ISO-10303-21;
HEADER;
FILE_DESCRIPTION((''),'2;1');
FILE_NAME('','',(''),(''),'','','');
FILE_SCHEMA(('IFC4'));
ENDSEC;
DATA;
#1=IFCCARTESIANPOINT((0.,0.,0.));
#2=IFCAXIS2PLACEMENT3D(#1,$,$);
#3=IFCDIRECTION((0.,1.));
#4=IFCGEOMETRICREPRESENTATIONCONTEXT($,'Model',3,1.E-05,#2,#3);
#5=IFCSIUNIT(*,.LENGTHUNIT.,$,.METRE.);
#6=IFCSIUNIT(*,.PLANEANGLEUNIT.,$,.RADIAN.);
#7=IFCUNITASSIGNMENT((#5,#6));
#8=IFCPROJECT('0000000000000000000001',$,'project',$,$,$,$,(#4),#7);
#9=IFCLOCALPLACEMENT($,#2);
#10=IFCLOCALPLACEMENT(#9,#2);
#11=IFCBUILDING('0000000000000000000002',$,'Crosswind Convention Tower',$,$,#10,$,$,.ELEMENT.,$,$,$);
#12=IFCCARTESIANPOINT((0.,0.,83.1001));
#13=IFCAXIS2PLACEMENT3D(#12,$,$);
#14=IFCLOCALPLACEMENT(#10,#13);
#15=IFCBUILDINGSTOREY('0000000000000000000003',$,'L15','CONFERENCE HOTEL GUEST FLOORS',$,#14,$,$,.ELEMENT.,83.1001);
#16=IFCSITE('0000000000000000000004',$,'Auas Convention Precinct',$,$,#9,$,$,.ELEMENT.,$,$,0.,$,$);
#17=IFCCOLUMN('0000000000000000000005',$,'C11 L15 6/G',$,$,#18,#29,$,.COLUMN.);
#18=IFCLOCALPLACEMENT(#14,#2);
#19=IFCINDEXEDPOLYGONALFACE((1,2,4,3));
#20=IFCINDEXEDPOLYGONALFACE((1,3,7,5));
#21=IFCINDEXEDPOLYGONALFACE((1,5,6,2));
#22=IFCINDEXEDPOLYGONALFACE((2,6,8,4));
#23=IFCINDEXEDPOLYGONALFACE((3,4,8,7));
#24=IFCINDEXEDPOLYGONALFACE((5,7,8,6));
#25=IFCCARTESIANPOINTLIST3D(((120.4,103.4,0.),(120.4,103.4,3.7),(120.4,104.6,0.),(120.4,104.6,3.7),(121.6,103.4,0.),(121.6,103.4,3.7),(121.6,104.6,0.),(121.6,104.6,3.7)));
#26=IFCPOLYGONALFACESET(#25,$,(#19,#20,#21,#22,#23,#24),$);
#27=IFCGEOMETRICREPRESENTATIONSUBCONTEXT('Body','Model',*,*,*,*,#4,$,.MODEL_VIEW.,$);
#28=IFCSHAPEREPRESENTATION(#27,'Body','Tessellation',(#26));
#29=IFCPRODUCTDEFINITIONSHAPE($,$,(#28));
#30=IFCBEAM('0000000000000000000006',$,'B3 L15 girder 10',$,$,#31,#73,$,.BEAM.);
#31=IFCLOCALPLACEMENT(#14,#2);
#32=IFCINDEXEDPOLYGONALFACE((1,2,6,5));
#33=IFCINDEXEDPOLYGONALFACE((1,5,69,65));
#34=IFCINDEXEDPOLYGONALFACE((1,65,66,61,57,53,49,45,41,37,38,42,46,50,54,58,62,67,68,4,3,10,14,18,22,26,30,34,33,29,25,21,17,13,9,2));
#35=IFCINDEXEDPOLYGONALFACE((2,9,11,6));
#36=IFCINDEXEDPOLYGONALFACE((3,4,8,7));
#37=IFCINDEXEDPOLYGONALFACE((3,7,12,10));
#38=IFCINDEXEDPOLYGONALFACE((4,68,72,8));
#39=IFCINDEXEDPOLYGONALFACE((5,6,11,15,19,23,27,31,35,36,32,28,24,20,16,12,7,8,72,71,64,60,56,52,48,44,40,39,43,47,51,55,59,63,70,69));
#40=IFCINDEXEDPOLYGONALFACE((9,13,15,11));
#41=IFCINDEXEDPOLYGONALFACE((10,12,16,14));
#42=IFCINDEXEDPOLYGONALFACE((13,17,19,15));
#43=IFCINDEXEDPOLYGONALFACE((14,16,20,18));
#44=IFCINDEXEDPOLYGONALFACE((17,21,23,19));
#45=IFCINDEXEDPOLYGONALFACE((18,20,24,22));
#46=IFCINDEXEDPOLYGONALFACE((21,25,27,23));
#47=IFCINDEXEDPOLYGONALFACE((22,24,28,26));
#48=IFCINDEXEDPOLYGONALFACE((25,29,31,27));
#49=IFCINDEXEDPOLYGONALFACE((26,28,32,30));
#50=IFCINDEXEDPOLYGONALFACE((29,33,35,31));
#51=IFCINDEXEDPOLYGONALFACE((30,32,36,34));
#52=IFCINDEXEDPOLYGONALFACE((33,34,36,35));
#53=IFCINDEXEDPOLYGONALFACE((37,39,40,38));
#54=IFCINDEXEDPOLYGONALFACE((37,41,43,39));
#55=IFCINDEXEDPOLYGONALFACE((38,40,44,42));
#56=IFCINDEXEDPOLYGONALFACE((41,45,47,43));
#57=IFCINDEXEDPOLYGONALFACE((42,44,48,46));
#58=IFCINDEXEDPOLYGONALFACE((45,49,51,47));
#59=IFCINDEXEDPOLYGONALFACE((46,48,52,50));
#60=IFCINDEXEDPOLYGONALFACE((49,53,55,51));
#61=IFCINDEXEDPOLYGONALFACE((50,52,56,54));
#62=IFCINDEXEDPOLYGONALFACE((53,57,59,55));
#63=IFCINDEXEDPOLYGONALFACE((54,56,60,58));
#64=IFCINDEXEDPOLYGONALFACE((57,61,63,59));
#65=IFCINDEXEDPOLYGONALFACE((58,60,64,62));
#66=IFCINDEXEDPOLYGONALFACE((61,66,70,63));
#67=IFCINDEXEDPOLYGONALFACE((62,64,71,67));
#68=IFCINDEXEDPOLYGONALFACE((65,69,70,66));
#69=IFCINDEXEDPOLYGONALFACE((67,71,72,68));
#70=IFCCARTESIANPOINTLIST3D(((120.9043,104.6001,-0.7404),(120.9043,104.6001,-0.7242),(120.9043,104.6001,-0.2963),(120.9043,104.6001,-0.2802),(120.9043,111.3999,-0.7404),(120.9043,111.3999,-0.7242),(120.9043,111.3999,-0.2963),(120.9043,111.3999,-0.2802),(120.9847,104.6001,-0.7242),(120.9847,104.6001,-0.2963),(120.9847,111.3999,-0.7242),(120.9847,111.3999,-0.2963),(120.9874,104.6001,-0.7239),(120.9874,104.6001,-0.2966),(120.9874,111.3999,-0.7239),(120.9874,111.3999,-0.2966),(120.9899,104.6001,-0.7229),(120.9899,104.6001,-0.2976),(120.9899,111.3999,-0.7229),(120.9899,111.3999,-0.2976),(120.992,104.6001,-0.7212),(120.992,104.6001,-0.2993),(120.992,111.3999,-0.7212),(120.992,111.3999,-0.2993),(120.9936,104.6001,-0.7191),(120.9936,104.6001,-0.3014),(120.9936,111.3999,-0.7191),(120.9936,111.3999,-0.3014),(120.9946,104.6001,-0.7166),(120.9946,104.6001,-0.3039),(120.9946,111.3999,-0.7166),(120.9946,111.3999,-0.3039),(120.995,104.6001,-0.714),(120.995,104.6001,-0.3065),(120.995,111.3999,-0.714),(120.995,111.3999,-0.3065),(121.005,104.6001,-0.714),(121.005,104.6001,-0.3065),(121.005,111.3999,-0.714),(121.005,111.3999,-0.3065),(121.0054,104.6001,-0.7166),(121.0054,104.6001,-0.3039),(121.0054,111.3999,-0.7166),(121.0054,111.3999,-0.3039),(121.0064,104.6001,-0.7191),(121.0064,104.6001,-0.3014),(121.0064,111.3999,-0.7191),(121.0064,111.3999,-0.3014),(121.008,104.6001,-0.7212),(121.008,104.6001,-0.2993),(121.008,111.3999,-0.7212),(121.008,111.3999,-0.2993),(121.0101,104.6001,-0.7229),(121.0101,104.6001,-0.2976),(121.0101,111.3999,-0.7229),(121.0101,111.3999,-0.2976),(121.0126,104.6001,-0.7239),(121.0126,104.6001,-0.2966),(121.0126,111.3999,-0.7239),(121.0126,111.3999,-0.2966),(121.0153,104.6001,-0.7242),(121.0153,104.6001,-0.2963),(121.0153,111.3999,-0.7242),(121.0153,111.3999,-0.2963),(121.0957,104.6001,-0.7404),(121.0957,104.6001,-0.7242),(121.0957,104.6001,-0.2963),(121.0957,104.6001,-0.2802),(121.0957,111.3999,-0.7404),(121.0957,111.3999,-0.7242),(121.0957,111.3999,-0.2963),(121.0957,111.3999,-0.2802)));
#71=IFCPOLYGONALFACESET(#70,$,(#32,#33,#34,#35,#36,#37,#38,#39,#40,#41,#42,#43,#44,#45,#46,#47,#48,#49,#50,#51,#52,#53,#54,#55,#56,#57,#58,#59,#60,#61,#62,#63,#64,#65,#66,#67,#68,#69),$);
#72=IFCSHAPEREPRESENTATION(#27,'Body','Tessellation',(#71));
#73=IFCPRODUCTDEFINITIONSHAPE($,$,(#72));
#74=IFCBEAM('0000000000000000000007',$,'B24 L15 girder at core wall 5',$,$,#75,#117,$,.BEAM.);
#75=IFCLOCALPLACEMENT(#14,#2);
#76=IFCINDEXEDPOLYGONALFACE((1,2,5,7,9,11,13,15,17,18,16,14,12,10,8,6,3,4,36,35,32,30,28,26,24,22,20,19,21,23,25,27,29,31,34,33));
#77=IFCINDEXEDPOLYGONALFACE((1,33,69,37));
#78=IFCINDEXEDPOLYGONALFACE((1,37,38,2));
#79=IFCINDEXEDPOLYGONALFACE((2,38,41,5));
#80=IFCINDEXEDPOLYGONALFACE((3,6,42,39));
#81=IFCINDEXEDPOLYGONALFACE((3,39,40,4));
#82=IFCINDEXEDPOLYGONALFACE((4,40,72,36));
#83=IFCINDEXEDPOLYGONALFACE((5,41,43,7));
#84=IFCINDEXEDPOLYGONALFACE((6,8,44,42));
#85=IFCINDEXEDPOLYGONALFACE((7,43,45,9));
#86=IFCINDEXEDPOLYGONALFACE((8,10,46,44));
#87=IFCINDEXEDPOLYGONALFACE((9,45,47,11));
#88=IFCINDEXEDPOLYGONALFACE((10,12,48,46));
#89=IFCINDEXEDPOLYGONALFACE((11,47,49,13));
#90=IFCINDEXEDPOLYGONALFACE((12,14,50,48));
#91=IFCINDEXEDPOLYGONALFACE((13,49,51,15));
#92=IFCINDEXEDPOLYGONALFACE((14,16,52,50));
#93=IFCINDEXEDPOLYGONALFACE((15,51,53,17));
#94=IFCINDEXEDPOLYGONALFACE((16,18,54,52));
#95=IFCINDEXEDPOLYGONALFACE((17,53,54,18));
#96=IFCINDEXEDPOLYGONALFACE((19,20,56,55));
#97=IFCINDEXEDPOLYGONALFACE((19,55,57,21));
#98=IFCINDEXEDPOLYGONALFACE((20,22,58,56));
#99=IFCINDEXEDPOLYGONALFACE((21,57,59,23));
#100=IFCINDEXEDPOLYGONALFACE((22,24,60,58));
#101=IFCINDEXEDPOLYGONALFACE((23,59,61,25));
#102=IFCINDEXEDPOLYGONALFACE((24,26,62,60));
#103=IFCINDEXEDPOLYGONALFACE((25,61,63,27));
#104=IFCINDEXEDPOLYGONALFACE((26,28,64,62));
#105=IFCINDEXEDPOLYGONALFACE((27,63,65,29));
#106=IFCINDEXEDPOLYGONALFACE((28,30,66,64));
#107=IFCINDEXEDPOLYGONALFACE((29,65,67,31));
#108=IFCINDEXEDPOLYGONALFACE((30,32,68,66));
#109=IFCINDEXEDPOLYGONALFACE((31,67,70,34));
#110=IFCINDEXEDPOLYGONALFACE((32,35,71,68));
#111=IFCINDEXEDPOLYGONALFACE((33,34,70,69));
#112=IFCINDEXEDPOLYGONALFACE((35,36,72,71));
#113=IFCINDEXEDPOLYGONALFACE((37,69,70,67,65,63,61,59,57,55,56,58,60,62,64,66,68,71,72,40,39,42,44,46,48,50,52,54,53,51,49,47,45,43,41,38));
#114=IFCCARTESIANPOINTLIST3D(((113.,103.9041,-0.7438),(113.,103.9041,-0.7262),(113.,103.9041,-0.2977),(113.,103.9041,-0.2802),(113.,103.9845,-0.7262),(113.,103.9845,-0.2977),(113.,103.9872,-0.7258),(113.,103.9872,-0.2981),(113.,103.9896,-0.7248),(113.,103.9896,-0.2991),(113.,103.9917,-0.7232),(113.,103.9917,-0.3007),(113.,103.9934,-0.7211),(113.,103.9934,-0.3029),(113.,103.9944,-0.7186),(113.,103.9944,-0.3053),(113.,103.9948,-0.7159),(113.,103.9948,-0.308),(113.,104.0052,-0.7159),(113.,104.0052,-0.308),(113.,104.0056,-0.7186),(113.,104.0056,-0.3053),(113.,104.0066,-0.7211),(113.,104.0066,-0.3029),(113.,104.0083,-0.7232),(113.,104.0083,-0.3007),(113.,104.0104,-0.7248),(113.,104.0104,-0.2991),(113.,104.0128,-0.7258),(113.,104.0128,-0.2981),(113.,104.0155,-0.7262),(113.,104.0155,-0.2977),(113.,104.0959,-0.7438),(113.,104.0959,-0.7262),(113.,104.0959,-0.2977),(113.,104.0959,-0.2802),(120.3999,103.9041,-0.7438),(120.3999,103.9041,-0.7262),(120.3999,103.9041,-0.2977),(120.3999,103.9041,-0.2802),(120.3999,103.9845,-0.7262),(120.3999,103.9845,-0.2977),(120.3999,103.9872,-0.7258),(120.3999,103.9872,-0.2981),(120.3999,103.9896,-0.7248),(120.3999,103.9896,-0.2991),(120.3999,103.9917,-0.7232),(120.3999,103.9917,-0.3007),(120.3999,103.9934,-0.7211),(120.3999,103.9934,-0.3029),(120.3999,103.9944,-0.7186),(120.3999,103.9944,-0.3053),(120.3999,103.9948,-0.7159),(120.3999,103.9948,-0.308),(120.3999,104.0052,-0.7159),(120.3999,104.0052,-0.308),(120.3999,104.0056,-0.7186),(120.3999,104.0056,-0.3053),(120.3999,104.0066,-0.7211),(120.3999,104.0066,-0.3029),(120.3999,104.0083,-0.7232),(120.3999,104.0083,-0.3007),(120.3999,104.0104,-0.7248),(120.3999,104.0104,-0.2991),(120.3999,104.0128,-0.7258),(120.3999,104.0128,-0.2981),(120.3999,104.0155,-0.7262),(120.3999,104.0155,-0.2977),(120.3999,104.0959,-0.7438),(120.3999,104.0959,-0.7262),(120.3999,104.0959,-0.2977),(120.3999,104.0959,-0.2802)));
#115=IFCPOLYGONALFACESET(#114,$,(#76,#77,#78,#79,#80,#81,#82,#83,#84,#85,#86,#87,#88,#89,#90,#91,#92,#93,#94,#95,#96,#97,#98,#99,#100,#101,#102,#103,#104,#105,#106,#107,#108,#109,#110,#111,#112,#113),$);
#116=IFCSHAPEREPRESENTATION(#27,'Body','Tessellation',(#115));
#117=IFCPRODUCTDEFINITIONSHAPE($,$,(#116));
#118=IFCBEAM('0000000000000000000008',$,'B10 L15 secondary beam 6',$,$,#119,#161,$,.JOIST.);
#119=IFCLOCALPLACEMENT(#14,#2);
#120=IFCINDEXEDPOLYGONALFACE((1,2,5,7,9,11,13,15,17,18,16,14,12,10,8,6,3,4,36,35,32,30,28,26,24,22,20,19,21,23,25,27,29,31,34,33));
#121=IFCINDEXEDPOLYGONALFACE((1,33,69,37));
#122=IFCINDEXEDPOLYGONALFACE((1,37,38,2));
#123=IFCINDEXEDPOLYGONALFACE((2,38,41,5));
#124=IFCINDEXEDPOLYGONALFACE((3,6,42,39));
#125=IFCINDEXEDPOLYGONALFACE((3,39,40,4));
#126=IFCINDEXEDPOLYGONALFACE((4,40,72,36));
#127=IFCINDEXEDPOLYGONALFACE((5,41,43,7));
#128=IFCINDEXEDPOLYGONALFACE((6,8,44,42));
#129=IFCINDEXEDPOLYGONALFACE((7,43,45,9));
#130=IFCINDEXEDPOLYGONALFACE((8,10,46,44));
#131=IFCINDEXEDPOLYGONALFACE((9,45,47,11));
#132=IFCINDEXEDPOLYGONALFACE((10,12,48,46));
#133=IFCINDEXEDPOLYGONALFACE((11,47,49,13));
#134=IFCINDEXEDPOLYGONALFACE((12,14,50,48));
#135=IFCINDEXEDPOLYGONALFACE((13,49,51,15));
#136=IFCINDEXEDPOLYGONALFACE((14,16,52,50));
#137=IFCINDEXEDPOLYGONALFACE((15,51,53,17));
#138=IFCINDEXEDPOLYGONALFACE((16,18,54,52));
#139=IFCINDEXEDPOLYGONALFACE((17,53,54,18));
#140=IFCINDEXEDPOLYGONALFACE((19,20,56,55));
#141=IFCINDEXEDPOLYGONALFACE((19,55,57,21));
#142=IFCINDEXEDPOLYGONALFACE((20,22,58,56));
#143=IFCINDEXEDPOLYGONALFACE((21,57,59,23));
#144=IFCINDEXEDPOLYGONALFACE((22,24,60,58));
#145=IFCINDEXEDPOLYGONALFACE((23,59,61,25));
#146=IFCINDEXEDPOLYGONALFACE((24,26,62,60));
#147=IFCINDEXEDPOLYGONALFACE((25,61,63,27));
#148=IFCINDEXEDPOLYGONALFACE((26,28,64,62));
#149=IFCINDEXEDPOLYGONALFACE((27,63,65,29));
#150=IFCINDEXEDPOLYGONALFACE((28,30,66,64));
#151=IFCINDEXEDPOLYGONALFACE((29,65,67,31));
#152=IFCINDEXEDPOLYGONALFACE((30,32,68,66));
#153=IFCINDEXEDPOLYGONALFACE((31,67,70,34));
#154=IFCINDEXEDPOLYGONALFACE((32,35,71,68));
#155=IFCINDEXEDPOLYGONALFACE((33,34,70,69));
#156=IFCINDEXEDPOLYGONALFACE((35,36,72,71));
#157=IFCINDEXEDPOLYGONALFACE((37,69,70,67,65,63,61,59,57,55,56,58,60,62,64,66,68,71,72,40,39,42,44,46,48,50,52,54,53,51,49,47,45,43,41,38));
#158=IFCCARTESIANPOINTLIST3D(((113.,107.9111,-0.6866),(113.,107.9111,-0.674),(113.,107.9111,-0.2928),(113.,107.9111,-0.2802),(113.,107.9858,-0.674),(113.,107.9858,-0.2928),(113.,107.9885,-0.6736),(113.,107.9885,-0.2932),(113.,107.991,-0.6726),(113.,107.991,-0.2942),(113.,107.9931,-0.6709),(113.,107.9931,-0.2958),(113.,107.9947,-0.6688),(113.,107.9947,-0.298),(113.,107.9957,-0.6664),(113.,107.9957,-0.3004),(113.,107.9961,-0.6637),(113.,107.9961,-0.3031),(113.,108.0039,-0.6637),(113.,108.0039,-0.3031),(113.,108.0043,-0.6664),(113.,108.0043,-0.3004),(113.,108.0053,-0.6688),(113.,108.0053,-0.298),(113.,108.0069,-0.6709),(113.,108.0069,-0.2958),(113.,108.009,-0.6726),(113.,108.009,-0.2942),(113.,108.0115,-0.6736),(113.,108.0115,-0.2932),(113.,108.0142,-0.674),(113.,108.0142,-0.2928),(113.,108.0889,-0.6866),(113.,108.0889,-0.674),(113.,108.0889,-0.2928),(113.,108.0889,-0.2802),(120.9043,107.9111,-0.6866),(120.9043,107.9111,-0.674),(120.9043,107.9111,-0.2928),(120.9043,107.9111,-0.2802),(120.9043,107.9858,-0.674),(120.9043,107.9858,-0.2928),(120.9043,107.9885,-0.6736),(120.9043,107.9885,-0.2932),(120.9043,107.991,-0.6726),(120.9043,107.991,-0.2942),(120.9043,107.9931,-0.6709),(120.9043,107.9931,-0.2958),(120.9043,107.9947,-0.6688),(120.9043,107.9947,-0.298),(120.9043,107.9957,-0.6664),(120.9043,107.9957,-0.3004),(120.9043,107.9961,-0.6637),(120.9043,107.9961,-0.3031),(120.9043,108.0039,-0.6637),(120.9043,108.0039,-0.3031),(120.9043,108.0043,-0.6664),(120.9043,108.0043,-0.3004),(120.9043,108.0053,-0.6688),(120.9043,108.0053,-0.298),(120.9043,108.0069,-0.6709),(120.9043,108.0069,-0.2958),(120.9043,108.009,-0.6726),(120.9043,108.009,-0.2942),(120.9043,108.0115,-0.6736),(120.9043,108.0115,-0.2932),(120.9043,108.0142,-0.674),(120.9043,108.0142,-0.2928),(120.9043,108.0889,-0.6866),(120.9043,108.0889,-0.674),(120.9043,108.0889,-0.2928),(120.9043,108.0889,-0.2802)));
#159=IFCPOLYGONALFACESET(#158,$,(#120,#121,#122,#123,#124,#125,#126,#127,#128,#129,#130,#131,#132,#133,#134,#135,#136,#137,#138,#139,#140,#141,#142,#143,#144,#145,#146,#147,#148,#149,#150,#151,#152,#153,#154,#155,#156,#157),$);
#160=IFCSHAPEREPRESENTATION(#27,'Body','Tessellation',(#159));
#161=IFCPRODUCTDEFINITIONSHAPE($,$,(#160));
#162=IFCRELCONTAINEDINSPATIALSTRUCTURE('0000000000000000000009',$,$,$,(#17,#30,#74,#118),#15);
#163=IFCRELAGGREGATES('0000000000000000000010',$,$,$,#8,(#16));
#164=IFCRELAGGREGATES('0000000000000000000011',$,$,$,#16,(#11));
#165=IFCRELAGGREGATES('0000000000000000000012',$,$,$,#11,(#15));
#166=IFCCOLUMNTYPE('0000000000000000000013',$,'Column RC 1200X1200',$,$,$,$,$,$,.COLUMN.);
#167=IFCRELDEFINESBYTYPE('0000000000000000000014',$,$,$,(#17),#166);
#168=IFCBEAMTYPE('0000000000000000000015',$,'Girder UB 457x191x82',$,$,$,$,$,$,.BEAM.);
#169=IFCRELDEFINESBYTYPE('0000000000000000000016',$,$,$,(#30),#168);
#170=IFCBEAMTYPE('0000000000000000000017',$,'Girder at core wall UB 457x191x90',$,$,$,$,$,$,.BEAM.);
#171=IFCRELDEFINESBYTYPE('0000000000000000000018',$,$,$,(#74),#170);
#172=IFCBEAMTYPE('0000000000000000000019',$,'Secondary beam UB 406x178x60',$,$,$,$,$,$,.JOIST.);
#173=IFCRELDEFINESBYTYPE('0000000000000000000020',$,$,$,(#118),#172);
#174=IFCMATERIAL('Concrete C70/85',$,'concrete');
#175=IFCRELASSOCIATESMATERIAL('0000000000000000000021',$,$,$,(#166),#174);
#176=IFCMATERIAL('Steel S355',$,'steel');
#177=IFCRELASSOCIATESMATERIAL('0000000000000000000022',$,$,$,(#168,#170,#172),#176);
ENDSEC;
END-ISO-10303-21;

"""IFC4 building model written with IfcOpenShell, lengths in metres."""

from ifc_helpers import new_model, si_unit, direction, frame, origin, origin_2d, place, context, subcontext, project, spatial, rectangle, i_section, extrude, material, material_profile, profile_set, type_object, element, save


model = new_model("IFC4")

# Units and contexts
model_context = context("Model", 3, precision=1e-05, world=origin(), true_north=direction((0.0, 1.0)))
body_context = subcontext(model_context, "Body", "Model", "MODEL_VIEW")
ifc_project = project(units=[si_unit("LENGTHUNIT", "METRE"), si_unit("PLANEANGLEUNIT", "RADIAN")], contexts=[model_context])

# Site, building, storey
site_placement = place(None, origin())
site = spatial("IfcSite", under=ifc_project, at=site_placement, Name="Auas Convention Precinct", CompositionType="ELEMENT", RefElevation=0.0)
building_placement = place(site_placement, origin())
building = spatial("IfcBuilding", under=site, at=building_placement, Name="Crosswind Convention Tower", CompositionType="ELEMENT")
storey_placement = place(building_placement, frame((0.0, 0.0, 83.1001)))
storey = spatial("IfcBuildingStorey", under=building, at=storey_placement, Name="L15", Description="CONFERENCE HOTEL GUEST FLOORS", CompositionType="ELEMENT", Elevation=83.1001)

# Column
ifc_material_1 = material(Name="Concrete C70/85", Category="concrete")
ifc_material_profile_1 = material_profile(ifc_material_1, rectangle(XDim=1.2, YDim=1.2, at=origin_2d()), Name="RC 1200X1200")
ifc_profile_set_1 = profile_set([ifc_material_profile_1], Name="Concrete C70/85")
column_type = type_object("IfcColumnType", Name="Column RC 1200X1200", PredefinedType="COLUMN", material=ifc_profile_set_1)
column_placement = place(storey_placement, frame((121.0, 104.0, 0.0), z_axis=(0.0, 0.0, 1.0), x_axis=(1.0, 0.0, 0.0)))
element("IfcColumn", 1, at=column_placement, inside=storey, type_object=column_type, Name="C11 L15 6/G", PredefinedType="COLUMN", context=body_context, shape_type="SweptSolid", body=[
    extrude(rectangle(XDim=1.2, YDim=1.2, at=origin_2d()), origin(), (0.0, 0.0, 1.0), 3.7),
])

# Beams
ifc_material_2 = material(Name="Steel S355", Category="steel")
ifc_material_profile_2 = material_profile(ifc_material_2, i_section(OverallWidth=0.1914, OverallDepth=0.4602, WebThickness=0.01, FlangeThickness=0.0161, FilletRadius=0.0103, at=origin_2d()), Name="UB 457x191x82")
ifc_profile_set_2 = profile_set([ifc_material_profile_2], Name="Steel S355")
beam_type_1 = type_object("IfcBeamType", Name="Girder UB 457x191x82", PredefinedType="BEAM", material=ifc_profile_set_2)
beam_1_placement = place(storey_placement, frame((121.0, 104.6001, -0.5103), z_axis=(0.0, 1.0, 0.0), x_axis=(-1.0, 0.0, 0.0)))
element("IfcBeam", 2, at=beam_1_placement, inside=storey, type_object=beam_type_1, Name="B3 L15 girder 10", PredefinedType="BEAM", context=body_context, shape_type="SweptSolid", body=[
    extrude(i_section(OverallWidth=0.1914, OverallDepth=0.4602, WebThickness=0.01, FlangeThickness=0.0161, FilletRadius=0.0103, at=origin_2d()), origin(), (0.0, 0.0, 1.0), 6.7998),
])
ifc_material_profile_3 = material_profile(ifc_material_2, i_section(OverallWidth=0.1919, OverallDepth=0.4636, WebThickness=0.0105, FlangeThickness=0.0176, FilletRadius=0.0103, at=origin_2d()), Name="UB 457x191x90")
ifc_profile_set_3 = profile_set([ifc_material_profile_3], Name="Steel S355")
beam_type_2 = type_object("IfcBeamType", Name="Girder at core wall UB 457x191x90", PredefinedType="BEAM", material=ifc_profile_set_3)
beam_2_placement = place(storey_placement, frame((113.0, 104.0, -0.512), z_axis=(1.0, 0.0, 0.0), x_axis=(0.0, 1.0, 0.0)))
element("IfcBeam", 3, at=beam_2_placement, inside=storey, type_object=beam_type_2, Name="B24 L15 girder at core wall 5", PredefinedType="BEAM", context=body_context, shape_type="SweptSolid", body=[
    extrude(i_section(OverallWidth=0.1919, OverallDepth=0.4636, WebThickness=0.0105, FlangeThickness=0.0176, FilletRadius=0.0103, at=origin_2d()), origin(), (0.0, 0.0, 1.0), 7.3999),
])
ifc_material_profile_4 = material_profile(ifc_material_2, i_section(OverallWidth=0.1777, OverallDepth=0.4065, WebThickness=0.0078, FlangeThickness=0.0127, FilletRadius=0.0103, at=origin_2d()), Name="UB 406x178x60")
ifc_profile_set_4 = profile_set([ifc_material_profile_4], Name="Steel S355")
beam_type_3 = type_object("IfcBeamType", Name="Secondary beam UB 406x178x60", PredefinedType="JOIST", material=ifc_profile_set_4)
beam_3_placement = place(storey_placement, frame((113.0, 108.0, -0.4834), z_axis=(1.0, 0.0, 0.0), x_axis=(0.0, 1.0, 0.0)))
element("IfcBeam", 4, at=beam_3_placement, inside=storey, type_object=beam_type_3, Name="B10 L15 secondary beam 6", PredefinedType="JOIST", context=body_context, shape_type="SweptSolid", body=[
    extrude(i_section(OverallWidth=0.1777, OverallDepth=0.4065, WebThickness=0.0078, FlangeThickness=0.0127, FilletRadius=0.0103, at=origin_2d()), origin(), (0.0, 0.0, 1.0), 7.9043),
])

save(model, "model.ifc")
